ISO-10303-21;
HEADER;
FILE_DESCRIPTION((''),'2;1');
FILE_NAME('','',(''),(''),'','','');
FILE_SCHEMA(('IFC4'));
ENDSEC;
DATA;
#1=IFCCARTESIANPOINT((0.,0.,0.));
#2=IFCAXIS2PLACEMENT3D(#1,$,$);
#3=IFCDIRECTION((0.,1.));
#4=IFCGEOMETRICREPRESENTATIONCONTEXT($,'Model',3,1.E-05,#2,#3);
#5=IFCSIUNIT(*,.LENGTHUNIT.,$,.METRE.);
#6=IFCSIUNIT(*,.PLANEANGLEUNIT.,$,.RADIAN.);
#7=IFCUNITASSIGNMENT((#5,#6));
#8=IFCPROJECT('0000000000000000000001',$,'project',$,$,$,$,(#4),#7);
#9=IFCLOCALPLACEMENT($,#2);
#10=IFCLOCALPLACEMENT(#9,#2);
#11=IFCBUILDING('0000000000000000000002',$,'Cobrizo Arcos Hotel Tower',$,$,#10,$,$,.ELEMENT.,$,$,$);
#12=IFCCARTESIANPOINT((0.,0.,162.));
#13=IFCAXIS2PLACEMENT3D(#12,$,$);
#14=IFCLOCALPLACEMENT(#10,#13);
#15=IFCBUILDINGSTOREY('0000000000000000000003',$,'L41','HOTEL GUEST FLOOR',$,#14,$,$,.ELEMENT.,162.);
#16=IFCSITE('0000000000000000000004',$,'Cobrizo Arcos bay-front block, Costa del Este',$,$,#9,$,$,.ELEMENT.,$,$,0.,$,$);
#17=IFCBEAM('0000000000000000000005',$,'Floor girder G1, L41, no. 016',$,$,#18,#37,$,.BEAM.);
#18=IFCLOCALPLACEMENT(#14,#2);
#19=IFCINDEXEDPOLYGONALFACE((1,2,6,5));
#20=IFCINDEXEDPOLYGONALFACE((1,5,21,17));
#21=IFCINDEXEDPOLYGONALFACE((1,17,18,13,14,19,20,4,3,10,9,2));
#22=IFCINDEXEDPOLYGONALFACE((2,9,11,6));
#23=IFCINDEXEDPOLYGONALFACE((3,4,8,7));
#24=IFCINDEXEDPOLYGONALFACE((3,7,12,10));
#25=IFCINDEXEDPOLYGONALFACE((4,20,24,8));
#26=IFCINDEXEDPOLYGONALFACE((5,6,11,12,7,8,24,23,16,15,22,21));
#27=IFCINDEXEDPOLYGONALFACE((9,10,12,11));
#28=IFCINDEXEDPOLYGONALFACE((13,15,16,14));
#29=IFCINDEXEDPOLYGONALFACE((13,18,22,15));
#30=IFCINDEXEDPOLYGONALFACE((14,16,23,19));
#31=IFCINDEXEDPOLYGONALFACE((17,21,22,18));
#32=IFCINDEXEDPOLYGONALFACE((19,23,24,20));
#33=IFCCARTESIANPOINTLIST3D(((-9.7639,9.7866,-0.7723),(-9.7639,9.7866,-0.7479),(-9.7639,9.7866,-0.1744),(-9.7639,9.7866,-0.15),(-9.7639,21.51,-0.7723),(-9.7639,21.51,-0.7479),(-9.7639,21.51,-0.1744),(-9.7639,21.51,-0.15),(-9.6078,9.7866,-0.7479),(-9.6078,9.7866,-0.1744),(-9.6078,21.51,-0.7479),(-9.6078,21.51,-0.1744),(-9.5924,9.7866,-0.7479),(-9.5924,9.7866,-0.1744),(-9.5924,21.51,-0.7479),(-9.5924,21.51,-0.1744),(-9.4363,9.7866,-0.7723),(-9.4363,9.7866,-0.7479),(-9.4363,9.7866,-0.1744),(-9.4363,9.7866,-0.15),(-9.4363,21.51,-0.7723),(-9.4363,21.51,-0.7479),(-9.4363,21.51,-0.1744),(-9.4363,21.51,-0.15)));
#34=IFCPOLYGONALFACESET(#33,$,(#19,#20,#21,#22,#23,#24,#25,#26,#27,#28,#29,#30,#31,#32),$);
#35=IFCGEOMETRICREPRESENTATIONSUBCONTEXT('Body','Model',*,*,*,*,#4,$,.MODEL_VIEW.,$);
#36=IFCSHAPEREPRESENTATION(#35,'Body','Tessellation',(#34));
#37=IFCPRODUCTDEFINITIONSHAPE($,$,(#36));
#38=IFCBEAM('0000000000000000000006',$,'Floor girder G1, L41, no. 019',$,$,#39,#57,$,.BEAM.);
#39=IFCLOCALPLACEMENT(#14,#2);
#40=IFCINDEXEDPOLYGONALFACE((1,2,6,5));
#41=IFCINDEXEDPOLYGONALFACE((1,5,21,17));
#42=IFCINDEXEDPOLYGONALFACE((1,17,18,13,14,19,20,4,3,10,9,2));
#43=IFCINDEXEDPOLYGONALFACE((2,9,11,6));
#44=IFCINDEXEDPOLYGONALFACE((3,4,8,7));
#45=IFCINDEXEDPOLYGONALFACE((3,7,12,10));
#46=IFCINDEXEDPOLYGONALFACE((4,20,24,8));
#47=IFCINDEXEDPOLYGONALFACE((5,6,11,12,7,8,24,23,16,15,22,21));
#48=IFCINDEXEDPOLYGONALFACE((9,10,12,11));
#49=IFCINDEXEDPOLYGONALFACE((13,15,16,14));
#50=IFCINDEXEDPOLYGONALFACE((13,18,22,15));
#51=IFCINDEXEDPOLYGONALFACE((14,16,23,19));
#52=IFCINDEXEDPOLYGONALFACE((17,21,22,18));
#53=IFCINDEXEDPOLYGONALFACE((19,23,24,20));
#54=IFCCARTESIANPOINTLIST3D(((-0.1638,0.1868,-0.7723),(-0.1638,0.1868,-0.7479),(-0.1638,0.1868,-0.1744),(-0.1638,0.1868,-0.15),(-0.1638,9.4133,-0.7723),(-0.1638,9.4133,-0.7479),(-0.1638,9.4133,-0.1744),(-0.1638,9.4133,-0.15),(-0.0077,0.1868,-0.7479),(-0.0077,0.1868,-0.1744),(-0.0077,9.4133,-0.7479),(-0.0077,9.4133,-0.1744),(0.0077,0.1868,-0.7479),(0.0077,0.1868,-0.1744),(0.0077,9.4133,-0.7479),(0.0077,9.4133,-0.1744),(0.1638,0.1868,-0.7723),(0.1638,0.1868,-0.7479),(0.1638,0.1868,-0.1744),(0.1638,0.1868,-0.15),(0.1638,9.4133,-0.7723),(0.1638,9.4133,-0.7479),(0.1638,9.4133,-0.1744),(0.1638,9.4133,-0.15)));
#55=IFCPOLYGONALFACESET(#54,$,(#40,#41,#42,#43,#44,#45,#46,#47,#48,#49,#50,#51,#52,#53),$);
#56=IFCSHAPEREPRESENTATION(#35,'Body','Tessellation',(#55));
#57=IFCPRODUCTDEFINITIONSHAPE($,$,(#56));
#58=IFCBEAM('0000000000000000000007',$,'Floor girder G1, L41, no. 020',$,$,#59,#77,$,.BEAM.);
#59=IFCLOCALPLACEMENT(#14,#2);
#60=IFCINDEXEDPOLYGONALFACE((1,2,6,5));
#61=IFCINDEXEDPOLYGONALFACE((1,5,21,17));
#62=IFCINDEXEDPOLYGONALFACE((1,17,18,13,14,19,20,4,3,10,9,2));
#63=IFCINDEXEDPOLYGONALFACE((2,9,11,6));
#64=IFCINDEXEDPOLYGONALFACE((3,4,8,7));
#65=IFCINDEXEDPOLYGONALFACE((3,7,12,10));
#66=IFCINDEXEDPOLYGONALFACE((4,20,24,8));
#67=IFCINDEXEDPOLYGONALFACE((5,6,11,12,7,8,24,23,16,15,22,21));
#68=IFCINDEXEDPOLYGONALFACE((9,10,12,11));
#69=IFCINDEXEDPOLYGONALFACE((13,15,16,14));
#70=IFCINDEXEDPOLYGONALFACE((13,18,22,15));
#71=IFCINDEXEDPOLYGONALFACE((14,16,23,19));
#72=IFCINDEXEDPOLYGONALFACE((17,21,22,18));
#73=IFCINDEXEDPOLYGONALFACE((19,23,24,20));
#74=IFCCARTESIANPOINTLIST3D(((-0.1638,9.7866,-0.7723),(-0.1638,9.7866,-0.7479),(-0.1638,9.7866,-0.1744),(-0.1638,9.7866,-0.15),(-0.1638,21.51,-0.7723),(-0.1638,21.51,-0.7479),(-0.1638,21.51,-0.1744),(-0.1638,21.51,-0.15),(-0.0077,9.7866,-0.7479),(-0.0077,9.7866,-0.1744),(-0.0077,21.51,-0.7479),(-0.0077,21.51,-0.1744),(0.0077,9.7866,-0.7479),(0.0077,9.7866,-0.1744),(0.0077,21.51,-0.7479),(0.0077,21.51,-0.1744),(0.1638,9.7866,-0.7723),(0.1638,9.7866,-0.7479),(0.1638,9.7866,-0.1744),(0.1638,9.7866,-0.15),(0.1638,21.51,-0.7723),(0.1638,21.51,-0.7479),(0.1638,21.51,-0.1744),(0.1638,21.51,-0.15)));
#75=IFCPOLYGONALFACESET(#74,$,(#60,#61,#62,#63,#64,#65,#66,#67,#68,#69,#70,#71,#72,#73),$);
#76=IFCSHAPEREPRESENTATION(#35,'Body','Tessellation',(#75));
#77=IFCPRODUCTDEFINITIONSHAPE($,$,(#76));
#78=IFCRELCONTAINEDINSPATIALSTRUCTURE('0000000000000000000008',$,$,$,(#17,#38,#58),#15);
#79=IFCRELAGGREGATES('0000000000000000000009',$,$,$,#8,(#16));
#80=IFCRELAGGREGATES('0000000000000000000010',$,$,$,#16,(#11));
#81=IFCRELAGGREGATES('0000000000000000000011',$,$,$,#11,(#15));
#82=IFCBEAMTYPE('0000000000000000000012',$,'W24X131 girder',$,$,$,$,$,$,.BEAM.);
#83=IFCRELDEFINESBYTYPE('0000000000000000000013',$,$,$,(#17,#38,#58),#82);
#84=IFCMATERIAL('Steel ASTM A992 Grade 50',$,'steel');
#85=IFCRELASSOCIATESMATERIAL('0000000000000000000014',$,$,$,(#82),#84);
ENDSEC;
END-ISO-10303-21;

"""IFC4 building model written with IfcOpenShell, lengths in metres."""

from ifc_helpers import new_model, si_unit, direction, frame, origin, origin_2d, place, context, subcontext, project, spatial, i_section, extrude, material, material_profile, profile_set, type_object, element, save


model = new_model("IFC4")

# Units and contexts
model_context = context("Model", 3, precision=1e-05, world=origin(), true_north=direction((0.0, 1.0)))
body_context = subcontext(model_context, "Body", "Model", "MODEL_VIEW")
ifc_project = project(units=[si_unit("LENGTHUNIT", "METRE"), si_unit("PLANEANGLEUNIT", "RADIAN")], contexts=[model_context])

# Site, building, storey
site_placement = place(None, origin())
site = spatial("IfcSite", under=ifc_project, at=site_placement, Name="Cobrizo Arcos bay-front block, Costa del Este", CompositionType="ELEMENT", RefElevation=0.0)
building_placement = place(site_placement, origin())
building = spatial("IfcBuilding", under=site, at=building_placement, Name="Cobrizo Arcos Hotel Tower", CompositionType="ELEMENT")
storey_placement = place(building_placement, frame((0.0, 0.0, 162.0)))
storey = spatial("IfcBuildingStorey", under=building, at=storey_placement, Name="L41", Description="HOTEL GUEST FLOOR", CompositionType="ELEMENT", Elevation=162.0)

# Shared definitions
ifc_material_1 = material(Name="Steel ASTM A992 Grade 50", Category="steel")

# Beams
ifc_material_profile_1 = material_profile(ifc_material_1, i_section(OverallWidth=0.3276, OverallDepth=0.6223, WebThickness=0.0154, FlangeThickness=0.0244, at=origin_2d()), Name="W24X131")
ifc_profile_set_1 = profile_set([ifc_material_profile_1], Name="Steel ASTM A992 Grade 50")
beam_type_1 = type_object("IfcBeamType", Name="W24X131 girder", PredefinedType="BEAM", material=ifc_profile_set_1)
beam_1_placement = place(storey_placement, frame((-9.6001, 9.7866, -0.4612), z_axis=(0.0, 1.0, 0.0), x_axis=(-1.0, 0.0, 0.0)))
element("IfcBeam", 1, at=beam_1_placement, inside=storey, type_object=beam_type_1, Name="Floor girder G1, L41, no. 016", PredefinedType="BEAM", context=body_context, shape_type="SweptSolid", body=[
    extrude(i_section(OverallWidth=0.3276, OverallDepth=0.6223, WebThickness=0.0154, FlangeThickness=0.0244, at=origin_2d()), origin(), (0.0, 0.0, 1.0), 11.7234),
])
beam_2_placement = place(storey_placement, frame((0.0, 0.1868, -0.4612), z_axis=(0.0, 1.0, 0.0), x_axis=(-1.0, 0.0, 0.0)))
element("IfcBeam", 2, at=beam_2_placement, inside=storey, type_object=beam_type_1, Name="Floor girder G1, L41, no. 019", PredefinedType="BEAM", context=body_context, shape_type="SweptSolid", body=[
    extrude(i_section(OverallWidth=0.3276, OverallDepth=0.6223, WebThickness=0.0154, FlangeThickness=0.0244, at=origin_2d()), origin(), (0.0, 0.0, 1.0), 9.2266),
])
beam_3_placement = place(storey_placement, frame((0.0, 9.7866, -0.4612), z_axis=(0.0, 1.0, 0.0), x_axis=(-1.0, 0.0, 0.0)))
element("IfcBeam", 3, at=beam_3_placement, inside=storey, type_object=beam_type_1, Name="Floor girder G1, L41, no. 020", PredefinedType="BEAM", context=body_context, shape_type="SweptSolid", body=[
    extrude(i_section(OverallWidth=0.3276, OverallDepth=0.6223, WebThickness=0.0154, FlangeThickness=0.0244, at=origin_2d()), origin(), (0.0, 0.0, 1.0), 11.7234),
])

save(model, "model.ifc")
